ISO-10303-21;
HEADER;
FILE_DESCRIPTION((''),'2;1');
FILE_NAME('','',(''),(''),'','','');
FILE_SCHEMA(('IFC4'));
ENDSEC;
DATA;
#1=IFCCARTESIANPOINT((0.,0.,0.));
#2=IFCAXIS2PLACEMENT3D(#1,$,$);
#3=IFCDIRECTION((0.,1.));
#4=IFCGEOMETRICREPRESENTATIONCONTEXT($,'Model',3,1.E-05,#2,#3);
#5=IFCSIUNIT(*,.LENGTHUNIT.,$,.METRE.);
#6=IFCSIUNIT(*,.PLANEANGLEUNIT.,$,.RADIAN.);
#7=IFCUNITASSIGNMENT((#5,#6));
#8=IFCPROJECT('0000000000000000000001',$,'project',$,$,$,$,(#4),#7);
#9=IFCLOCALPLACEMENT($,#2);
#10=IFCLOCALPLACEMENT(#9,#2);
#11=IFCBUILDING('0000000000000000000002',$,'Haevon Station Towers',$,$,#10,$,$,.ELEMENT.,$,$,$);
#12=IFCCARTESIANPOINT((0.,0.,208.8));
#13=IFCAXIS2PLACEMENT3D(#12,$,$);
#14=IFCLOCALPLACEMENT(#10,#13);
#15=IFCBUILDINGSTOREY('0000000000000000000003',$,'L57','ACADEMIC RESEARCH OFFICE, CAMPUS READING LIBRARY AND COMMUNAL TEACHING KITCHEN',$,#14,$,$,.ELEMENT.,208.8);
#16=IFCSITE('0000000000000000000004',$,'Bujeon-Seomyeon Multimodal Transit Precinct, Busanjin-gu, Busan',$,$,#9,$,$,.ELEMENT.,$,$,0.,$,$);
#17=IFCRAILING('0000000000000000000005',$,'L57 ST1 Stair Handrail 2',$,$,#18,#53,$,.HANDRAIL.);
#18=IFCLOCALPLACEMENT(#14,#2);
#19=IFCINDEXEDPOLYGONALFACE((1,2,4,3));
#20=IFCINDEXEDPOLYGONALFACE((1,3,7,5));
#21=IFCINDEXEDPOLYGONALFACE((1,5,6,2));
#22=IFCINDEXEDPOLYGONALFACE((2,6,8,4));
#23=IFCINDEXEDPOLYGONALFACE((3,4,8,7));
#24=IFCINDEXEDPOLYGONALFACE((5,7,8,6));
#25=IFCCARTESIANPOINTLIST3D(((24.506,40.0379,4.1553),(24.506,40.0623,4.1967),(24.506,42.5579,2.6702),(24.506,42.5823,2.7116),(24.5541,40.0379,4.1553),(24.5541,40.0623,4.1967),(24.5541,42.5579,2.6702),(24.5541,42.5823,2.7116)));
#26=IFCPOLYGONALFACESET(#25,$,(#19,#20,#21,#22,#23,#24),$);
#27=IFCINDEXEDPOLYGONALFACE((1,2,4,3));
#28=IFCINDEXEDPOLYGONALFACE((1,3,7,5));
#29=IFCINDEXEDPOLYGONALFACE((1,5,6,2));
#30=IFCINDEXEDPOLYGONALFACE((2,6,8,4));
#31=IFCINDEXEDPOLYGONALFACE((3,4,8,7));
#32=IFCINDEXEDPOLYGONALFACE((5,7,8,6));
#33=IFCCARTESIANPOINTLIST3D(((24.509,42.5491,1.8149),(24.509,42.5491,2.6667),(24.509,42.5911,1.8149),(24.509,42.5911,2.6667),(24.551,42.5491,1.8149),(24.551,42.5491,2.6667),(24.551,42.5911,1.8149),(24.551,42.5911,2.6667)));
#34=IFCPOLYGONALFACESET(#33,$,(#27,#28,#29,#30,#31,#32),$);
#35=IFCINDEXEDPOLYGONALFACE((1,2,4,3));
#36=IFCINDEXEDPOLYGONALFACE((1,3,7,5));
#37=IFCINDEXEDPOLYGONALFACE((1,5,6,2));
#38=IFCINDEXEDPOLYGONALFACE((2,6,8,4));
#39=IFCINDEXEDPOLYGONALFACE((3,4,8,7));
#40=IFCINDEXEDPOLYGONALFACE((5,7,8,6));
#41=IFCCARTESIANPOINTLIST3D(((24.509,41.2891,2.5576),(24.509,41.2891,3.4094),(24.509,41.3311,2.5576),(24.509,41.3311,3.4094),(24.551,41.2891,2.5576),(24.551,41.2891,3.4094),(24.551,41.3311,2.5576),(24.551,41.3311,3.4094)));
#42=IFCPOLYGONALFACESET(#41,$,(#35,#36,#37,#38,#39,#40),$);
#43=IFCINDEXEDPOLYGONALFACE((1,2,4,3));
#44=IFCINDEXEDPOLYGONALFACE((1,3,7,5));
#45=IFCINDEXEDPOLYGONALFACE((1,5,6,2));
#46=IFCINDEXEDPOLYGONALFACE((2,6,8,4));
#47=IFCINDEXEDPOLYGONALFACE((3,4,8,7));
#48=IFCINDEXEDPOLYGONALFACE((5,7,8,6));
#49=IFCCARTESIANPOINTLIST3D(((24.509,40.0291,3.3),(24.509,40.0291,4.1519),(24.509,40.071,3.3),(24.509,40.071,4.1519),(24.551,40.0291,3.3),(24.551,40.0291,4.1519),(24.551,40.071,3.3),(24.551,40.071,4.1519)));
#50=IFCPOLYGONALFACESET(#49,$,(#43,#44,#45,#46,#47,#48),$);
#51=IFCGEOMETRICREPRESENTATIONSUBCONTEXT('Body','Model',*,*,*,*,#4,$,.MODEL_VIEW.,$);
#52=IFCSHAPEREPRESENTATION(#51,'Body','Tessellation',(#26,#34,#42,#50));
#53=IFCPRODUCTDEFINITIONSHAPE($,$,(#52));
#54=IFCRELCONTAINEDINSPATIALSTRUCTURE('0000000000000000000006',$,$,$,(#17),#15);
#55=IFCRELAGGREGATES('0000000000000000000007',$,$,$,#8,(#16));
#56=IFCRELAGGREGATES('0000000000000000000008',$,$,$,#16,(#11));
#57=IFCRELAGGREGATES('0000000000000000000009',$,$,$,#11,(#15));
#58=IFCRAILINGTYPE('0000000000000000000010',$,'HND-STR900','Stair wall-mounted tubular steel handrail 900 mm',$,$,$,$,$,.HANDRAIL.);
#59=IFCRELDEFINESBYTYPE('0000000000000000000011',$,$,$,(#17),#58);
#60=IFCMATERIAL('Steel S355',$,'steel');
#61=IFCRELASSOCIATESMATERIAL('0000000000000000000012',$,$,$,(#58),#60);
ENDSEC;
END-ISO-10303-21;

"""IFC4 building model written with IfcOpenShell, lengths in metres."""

from ifc_helpers import new_model, si_unit, direction, frame, origin, origin_2d, place, context, subcontext, project, spatial, rectangle, extrude, material, type_object, element, save


model = new_model("IFC4")

# Units and contexts
model_context = context("Model", 3, precision=1e-05, world=origin(), true_north=direction((0.0, 1.0)))
body_context = subcontext(model_context, "Body", "Model", "MODEL_VIEW")
ifc_project = project(units=[si_unit("LENGTHUNIT", "METRE"), si_unit("PLANEANGLEUNIT", "RADIAN")], contexts=[model_context])

# Site, building, storey
site_placement = place(None, origin())
site = spatial("IfcSite", under=ifc_project, at=site_placement, Name="Bujeon-Seomyeon Multimodal Transit Precinct, Busanjin-gu, Busan", CompositionType="ELEMENT", RefElevation=0.0)
building_placement = place(site_placement, origin())
building = spatial("IfcBuilding", under=site, at=building_placement, Name="Haevon Station Towers", CompositionType="ELEMENT")
storey_placement = place(building_placement, frame((0.0, 0.0, 208.8)))
storey = spatial("IfcBuildingStorey", under=building, at=storey_placement, Name="L57", Description="ACADEMIC RESEARCH OFFICE, CAMPUS READING LIBRARY AND COMMUNAL TEACHING KITCHEN", CompositionType="ELEMENT", Elevation=208.8)

# Railing
ifc_material_1 = material(Name="Steel S355", Category="steel")
railing_type_1 = type_object("IfcRailingType", Name="HND-STR900", Description="Stair wall-mounted tubular steel handrail 900 mm", PredefinedType="HANDRAIL", material=ifc_material_1)
railing_1_placement = place(storey_placement, frame((24.53, 42.5701, 1.8149)))
element("IfcRailing", 1, at=railing_1_placement, inside=storey, type_object=railing_type_1, Name="L57 ST1 Stair Handrail 2", PredefinedType="HANDRAIL", context=body_context, shape_type="SweptSolid", body=[
    extrude(rectangle(XDim=0.0481, YDim=0.0481, at=origin_2d()), frame((0.0, 0.0, 0.876), z_axis=(0.0, -0.861524, 0.507717), x_axis=(1.0, 0.0, 0.0)), (0.0, 0.0, 1.0), 2.925),
    extrude(rectangle(XDim=0.042, YDim=0.042, at=origin_2d()), origin(), (0.0, 0.0, 1.0), 0.8518),
    extrude(rectangle(XDim=0.042, YDim=0.042, at=origin_2d()), frame((0.0, -1.26, 0.7427)), (0.0, 0.0, 1.0), 0.8518),
    extrude(rectangle(XDim=0.042, YDim=0.042, at=origin_2d()), frame((0.0, -2.52, 1.4851)), (0.0, 0.0, 1.0), 0.8518),
])

save(model, "model.ifc")
